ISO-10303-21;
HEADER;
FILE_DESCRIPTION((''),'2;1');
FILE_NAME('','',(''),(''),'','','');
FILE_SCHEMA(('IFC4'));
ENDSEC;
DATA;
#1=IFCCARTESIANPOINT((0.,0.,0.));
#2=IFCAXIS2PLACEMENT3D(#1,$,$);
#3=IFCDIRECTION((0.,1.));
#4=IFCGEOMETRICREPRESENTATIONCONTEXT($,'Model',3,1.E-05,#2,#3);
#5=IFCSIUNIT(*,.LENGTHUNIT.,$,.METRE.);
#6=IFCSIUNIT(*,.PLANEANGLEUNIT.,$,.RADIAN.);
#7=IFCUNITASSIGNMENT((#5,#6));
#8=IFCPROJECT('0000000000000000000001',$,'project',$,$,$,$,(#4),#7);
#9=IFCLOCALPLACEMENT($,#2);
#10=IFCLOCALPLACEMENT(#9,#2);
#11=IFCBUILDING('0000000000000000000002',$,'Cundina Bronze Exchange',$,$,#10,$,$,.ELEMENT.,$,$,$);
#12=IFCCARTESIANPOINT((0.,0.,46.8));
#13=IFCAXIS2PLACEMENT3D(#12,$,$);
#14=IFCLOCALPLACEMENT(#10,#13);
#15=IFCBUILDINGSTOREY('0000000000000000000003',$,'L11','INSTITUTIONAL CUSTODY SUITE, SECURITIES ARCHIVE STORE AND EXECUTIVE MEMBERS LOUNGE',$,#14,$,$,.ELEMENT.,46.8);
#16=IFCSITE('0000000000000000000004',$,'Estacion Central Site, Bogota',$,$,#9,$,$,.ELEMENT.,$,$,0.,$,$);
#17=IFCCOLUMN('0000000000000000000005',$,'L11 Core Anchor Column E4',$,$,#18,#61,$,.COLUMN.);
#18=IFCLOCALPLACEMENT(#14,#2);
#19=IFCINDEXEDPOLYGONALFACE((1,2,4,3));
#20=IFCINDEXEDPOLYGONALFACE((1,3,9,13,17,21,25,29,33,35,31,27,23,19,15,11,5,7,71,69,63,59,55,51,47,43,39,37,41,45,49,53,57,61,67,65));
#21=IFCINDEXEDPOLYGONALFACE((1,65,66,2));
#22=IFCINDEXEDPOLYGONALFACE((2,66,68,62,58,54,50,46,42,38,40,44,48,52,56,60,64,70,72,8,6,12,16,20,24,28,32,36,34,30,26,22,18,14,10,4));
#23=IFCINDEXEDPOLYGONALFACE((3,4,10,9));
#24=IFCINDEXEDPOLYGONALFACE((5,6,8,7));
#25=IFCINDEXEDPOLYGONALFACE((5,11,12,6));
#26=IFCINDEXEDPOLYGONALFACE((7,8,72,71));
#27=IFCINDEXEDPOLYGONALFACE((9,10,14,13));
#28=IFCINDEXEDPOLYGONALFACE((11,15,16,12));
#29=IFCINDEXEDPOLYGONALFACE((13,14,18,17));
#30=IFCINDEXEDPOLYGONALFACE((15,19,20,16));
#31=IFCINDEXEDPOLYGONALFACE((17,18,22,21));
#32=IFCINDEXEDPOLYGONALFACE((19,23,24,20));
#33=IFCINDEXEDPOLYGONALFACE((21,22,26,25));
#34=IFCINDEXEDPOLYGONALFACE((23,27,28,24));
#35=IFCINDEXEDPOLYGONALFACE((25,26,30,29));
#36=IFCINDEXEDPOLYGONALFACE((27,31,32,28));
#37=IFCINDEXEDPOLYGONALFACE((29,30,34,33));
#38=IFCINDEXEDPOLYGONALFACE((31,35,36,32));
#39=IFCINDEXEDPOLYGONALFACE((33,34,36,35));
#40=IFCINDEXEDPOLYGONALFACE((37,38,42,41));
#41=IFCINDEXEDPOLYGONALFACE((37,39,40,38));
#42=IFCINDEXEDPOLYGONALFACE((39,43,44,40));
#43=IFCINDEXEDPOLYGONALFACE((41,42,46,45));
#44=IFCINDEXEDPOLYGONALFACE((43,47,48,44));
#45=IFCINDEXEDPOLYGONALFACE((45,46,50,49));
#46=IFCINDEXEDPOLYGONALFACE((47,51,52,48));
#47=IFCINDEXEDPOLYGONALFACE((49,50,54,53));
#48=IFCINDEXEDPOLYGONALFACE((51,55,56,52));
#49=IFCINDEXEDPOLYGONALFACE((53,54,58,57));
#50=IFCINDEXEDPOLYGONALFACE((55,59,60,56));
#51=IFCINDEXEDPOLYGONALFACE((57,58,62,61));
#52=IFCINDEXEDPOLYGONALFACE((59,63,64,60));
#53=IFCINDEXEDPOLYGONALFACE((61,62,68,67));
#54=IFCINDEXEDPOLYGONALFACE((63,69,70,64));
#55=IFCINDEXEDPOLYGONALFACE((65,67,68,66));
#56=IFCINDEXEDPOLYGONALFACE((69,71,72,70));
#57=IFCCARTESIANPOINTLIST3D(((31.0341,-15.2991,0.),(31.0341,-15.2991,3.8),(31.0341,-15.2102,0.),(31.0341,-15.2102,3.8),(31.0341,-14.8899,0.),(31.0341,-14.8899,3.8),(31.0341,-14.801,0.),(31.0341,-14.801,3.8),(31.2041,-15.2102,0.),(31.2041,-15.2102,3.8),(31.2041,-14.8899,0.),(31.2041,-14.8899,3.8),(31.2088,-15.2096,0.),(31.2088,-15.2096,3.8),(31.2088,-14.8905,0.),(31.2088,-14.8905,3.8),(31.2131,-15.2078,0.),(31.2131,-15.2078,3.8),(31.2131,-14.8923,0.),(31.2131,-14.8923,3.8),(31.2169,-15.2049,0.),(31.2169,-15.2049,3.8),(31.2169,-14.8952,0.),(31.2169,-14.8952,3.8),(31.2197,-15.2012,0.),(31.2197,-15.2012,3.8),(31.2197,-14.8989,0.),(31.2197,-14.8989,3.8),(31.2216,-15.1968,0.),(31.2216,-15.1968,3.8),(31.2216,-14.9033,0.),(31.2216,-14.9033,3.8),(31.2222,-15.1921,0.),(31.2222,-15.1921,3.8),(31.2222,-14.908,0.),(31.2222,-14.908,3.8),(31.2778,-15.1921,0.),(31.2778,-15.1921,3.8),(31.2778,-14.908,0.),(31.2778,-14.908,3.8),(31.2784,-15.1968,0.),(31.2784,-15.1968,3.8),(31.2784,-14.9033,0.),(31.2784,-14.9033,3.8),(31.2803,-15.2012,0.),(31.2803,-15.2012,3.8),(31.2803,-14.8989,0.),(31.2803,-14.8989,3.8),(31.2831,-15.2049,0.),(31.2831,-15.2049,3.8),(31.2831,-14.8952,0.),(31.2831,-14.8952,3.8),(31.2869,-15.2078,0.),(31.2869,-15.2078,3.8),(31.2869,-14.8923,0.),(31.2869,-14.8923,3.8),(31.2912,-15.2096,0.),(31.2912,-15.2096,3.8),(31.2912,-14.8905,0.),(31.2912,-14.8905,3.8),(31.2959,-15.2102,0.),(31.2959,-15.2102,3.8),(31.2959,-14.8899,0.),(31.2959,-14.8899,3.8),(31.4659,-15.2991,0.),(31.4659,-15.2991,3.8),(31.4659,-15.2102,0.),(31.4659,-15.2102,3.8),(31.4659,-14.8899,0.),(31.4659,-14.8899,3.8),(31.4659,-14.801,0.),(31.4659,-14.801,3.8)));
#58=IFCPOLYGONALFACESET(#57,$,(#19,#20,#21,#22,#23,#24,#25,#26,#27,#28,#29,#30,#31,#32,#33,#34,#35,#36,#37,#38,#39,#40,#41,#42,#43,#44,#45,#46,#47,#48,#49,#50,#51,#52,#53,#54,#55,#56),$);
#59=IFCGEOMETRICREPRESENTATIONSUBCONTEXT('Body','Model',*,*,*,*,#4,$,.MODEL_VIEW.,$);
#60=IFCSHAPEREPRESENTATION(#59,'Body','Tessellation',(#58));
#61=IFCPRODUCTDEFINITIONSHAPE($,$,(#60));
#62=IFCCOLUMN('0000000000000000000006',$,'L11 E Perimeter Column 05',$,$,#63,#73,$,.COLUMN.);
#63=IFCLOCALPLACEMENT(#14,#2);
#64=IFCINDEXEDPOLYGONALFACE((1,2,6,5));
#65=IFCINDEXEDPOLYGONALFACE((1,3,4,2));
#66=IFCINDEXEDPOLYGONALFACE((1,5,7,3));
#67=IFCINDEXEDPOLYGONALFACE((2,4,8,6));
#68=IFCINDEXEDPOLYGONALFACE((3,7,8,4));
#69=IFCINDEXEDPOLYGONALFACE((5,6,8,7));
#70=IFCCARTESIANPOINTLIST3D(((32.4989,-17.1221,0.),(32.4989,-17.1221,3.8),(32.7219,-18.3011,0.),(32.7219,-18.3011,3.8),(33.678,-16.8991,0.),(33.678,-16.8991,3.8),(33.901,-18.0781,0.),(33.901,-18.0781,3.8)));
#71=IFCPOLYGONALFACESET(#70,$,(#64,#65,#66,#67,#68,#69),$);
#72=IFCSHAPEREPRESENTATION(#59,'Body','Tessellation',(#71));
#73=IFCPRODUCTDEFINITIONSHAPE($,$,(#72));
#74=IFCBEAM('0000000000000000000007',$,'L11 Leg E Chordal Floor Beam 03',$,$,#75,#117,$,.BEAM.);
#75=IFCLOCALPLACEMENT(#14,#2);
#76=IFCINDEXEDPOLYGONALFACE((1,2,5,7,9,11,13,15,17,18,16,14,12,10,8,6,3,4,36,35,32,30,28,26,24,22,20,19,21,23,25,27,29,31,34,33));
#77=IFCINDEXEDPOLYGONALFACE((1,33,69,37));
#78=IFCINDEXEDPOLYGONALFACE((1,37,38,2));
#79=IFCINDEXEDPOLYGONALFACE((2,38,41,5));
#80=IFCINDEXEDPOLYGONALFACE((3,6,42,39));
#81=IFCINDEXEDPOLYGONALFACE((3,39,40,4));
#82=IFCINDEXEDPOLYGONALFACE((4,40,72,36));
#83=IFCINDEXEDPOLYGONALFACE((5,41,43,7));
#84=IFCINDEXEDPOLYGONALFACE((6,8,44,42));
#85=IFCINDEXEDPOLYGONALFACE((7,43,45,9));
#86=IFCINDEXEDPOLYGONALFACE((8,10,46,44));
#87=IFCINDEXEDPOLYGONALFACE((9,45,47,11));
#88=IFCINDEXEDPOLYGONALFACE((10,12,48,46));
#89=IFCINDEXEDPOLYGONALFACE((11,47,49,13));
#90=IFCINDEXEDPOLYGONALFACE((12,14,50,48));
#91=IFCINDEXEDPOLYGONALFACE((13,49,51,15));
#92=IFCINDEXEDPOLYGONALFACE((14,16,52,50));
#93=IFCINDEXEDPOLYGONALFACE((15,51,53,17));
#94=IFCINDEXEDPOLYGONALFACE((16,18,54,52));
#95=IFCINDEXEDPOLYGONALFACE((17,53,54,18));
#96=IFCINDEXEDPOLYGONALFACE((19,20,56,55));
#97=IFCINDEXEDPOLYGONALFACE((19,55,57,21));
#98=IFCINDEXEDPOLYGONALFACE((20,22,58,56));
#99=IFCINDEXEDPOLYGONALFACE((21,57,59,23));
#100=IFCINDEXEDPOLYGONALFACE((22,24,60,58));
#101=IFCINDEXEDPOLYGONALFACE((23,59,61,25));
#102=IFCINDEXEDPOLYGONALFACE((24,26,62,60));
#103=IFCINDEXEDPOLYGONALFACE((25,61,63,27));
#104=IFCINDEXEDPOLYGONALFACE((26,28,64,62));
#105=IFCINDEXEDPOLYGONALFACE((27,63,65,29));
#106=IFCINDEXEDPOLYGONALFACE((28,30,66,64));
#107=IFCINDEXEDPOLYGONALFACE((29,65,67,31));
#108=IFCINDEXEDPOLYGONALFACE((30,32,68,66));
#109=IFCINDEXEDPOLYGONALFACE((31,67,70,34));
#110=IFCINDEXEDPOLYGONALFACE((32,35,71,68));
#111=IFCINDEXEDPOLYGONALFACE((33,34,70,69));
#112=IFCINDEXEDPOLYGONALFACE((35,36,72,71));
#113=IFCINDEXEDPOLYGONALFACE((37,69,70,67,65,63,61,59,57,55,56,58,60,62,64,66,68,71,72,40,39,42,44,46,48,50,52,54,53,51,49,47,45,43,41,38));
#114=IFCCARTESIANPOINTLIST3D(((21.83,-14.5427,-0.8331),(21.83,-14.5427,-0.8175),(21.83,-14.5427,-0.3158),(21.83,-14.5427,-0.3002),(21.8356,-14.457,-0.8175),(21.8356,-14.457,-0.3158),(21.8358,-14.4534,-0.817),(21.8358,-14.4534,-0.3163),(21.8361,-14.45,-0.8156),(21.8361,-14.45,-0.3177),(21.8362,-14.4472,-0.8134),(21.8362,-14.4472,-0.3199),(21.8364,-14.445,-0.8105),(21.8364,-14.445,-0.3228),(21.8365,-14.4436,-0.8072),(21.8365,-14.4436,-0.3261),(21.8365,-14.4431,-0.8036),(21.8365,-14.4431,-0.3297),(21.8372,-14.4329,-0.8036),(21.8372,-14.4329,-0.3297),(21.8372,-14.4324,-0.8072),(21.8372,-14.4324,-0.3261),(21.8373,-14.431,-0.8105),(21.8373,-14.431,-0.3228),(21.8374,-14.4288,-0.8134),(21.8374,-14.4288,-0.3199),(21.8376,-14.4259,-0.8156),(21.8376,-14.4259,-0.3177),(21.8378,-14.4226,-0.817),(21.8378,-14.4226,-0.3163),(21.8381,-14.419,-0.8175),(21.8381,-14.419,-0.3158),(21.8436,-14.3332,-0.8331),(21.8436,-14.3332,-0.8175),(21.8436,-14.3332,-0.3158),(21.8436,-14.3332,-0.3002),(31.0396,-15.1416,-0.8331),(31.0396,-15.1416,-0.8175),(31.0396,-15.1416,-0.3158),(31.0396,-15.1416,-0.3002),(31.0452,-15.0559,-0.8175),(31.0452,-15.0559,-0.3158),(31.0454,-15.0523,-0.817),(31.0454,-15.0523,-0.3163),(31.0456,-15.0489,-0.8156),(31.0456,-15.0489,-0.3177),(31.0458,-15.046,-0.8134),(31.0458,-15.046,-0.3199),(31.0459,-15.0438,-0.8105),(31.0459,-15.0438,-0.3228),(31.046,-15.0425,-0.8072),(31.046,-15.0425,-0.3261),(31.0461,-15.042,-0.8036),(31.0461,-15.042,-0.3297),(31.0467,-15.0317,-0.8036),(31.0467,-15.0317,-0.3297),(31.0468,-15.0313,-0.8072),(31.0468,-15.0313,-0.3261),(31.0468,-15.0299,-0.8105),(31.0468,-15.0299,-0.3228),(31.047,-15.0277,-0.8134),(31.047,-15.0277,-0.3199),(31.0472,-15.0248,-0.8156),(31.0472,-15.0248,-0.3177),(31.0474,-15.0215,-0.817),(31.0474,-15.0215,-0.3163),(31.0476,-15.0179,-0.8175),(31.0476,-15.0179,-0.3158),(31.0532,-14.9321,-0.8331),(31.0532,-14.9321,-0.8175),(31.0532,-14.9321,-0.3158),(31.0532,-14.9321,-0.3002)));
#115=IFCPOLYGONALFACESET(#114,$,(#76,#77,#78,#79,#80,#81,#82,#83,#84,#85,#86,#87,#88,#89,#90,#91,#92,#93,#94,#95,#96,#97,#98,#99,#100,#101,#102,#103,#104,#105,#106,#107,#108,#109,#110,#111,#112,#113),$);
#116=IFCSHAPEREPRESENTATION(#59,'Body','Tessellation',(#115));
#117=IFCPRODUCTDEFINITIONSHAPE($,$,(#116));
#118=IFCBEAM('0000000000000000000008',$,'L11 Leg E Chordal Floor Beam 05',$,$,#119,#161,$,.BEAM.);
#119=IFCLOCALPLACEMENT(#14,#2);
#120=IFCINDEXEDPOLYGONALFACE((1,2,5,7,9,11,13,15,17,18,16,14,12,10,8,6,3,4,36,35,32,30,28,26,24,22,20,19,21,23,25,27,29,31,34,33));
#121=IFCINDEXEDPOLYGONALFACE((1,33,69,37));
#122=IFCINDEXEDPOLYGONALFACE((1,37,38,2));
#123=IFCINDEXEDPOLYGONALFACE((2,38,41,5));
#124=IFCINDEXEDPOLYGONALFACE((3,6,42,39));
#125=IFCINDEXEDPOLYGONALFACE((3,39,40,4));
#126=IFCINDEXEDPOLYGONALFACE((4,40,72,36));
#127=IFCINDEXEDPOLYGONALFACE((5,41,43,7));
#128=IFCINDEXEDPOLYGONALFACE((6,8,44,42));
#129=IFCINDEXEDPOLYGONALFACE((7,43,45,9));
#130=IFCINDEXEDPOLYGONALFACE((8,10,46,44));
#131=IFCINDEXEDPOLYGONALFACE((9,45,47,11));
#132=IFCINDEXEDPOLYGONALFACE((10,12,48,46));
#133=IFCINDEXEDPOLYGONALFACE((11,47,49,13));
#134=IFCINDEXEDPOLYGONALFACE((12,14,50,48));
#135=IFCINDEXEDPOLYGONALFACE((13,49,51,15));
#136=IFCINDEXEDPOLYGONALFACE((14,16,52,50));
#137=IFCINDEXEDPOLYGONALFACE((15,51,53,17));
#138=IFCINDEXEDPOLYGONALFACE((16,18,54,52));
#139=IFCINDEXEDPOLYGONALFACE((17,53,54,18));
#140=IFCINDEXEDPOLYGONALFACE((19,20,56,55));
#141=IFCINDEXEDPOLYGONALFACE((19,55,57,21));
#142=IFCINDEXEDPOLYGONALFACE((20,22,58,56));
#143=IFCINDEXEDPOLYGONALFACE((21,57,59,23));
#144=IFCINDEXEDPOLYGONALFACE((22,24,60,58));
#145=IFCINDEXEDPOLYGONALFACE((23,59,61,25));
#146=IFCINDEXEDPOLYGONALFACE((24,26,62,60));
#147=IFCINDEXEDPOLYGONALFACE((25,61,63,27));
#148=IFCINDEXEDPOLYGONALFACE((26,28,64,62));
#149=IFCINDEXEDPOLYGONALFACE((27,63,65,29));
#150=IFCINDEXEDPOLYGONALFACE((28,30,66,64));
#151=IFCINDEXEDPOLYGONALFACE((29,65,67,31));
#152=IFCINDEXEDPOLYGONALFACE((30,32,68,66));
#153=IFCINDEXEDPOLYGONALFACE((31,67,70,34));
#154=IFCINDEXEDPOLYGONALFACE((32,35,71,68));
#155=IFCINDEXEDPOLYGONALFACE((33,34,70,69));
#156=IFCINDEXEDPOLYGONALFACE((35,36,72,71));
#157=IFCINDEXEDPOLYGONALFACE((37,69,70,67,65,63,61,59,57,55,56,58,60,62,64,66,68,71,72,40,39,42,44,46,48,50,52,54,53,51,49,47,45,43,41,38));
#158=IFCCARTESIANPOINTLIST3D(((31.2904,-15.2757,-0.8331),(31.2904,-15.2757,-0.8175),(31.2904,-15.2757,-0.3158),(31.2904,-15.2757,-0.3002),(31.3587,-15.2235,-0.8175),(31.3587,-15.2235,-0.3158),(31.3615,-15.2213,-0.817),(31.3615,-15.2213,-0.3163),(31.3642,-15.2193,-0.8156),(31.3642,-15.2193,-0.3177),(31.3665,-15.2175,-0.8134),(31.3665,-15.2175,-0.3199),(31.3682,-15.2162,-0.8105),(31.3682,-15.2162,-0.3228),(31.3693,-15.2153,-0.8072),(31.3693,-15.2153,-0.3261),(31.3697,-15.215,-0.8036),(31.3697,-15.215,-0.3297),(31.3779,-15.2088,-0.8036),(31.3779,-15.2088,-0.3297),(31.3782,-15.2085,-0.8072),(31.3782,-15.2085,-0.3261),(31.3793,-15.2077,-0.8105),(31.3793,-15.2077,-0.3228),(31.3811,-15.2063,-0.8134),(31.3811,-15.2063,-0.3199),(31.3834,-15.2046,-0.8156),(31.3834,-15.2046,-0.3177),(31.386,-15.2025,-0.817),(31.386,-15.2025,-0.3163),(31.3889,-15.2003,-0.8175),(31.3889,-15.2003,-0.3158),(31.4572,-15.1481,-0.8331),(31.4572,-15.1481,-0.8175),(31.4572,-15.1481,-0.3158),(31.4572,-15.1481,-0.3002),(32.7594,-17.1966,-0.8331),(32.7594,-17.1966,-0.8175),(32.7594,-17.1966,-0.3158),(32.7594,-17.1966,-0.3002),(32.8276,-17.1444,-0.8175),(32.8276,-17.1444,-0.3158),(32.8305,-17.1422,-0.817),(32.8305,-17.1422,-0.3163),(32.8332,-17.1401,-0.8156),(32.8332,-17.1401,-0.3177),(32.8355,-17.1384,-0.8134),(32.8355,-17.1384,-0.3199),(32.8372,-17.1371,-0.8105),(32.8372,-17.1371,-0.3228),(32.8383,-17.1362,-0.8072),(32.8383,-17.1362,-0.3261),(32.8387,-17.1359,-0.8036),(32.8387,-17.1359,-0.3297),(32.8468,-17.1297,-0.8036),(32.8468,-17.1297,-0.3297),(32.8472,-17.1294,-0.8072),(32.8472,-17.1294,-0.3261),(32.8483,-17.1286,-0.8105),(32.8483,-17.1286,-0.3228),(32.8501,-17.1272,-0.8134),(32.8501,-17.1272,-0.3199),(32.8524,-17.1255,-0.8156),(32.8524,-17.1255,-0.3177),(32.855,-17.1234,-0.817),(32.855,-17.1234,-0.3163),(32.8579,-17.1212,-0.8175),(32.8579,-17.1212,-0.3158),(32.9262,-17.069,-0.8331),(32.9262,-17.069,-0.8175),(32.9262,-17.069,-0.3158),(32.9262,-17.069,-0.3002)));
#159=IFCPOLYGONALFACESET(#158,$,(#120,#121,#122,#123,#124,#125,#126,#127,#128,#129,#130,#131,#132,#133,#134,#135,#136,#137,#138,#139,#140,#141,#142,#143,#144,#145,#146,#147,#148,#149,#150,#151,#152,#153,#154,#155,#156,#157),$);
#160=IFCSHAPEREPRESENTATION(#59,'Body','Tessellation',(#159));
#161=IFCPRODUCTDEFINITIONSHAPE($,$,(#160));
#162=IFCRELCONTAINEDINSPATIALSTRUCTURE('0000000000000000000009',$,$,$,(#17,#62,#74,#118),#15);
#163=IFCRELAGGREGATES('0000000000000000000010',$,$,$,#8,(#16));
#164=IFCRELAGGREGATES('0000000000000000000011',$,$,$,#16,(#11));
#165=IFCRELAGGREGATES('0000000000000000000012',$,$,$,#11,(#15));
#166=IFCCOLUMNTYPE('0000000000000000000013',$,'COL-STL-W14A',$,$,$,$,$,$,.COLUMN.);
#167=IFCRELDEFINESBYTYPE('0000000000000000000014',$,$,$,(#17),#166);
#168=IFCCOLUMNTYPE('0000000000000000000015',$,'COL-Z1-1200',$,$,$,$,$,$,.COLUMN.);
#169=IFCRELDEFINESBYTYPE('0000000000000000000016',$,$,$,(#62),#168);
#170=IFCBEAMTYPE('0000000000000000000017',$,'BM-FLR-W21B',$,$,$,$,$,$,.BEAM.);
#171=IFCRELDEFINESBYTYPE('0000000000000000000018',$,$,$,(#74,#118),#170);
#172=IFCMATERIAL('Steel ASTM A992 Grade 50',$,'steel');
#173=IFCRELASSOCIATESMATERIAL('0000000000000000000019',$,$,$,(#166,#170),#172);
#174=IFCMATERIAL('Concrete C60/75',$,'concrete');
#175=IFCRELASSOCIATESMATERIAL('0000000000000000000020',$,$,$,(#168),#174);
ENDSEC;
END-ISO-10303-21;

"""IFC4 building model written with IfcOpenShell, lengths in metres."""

from ifc_helpers import new_model, si_unit, direction, frame, origin, origin_2d, place, context, subcontext, project, spatial, rectangle, i_section, extrude, material, material_profile, profile_set, type_object, element, save


model = new_model("IFC4")

# Units and contexts
model_context = context("Model", 3, precision=1e-05, world=origin(), true_north=direction((0.0, 1.0)))
body_context = subcontext(model_context, "Body", "Model", "MODEL_VIEW")
ifc_project = project(units=[si_unit("LENGTHUNIT", "METRE"), si_unit("PLANEANGLEUNIT", "RADIAN")], contexts=[model_context])

# Site, building, storey
site_placement = place(None, origin())
site = spatial("IfcSite", under=ifc_project, at=site_placement, Name="Estacion Central Site, Bogota", CompositionType="ELEMENT", RefElevation=0.0)
building_placement = place(site_placement, origin())
building = spatial("IfcBuilding", under=site, at=building_placement, Name="Cundina Bronze Exchange", CompositionType="ELEMENT")
storey_placement = place(building_placement, frame((0.0, 0.0, 46.8)))
storey = spatial("IfcBuildingStorey", under=building, at=storey_placement, Name="L11", Description="INSTITUTIONAL CUSTODY SUITE, SECURITIES ARCHIVE STORE AND EXECUTIVE MEMBERS LOUNGE", CompositionType="ELEMENT", Elevation=46.8)

# Columns
ifc_material_1 = material(Name="Steel ASTM A992 Grade 50", Category="steel")
ifc_material_profile_1 = material_profile(ifc_material_1, i_section(OverallWidth=0.4319, OverallDepth=0.498, WebThickness=0.0557, FlangeThickness=0.0889, FilletRadius=0.0181, at=origin_2d()), Name="W14X500", Category="steel")
ifc_profile_set_1 = profile_set([ifc_material_profile_1], Name="Steel ASTM A992 Grade 50")
column_type_1 = type_object("IfcColumnType", Name="COL-STL-W14A", PredefinedType="COLUMN", material=ifc_profile_set_1)
column_1_placement = place(storey_placement, frame((31.25, -15.05, 0.0), z_axis=(0.0, 0.0, 1.0), x_axis=(1.0, 0.0, 0.0)))
element("IfcColumn", 1, at=column_1_placement, inside=storey, type_object=column_type_1, Name="L11 Core Anchor Column E4", PredefinedType="COLUMN", context=body_context, shape_type="SweptSolid", body=[
    extrude(i_section(OverallWidth=0.4319, OverallDepth=0.498, WebThickness=0.0557, FlangeThickness=0.0889, FilletRadius=0.0181, at=origin_2d()), origin(), (0.0, 0.0, 1.0), 3.8),
])
ifc_material_2 = material(Name="Concrete C60/75", Category="concrete")
ifc_material_profile_2 = material_profile(ifc_material_2, rectangle(XDim=1.2, YDim=1.2, at=origin_2d()), Name="RC1200X1200", Category="concrete")
ifc_profile_set_2 = profile_set([ifc_material_profile_2], Name="Concrete C60/75")
column_type_2 = type_object("IfcColumnType", Name="COL-Z1-1200", PredefinedType="COLUMN", material=ifc_profile_set_2)
column_2_placement = place(storey_placement, frame((33.2, -17.6001, 0.0), z_axis=(0.0, 0.0, 1.0), x_axis=(0.98258, 0.185838, 0.0)))
element("IfcColumn", 2, at=column_2_placement, inside=storey, type_object=column_type_2, Name="L11 E Perimeter Column 05", PredefinedType="COLUMN", context=body_context, shape_type="SweptSolid", body=[
    extrude(rectangle(XDim=1.2, YDim=1.2, at=origin_2d()), origin(), (0.0, 0.0, 1.0), 3.8),
])

# Beams
ifc_material_profile_3 = material_profile(ifc_material_1, i_section(OverallWidth=0.21, OverallDepth=0.533, WebThickness=0.0103, FlangeThickness=0.0156, FilletRadius=0.0139, at=origin_2d()), Name="W21X62", Category="steel")
ifc_profile_set_3 = profile_set([ifc_material_profile_3], Name="Steel ASTM A992 Grade 50")
beam_type_1 = type_object("IfcBeamType", Name="BM-FLR-W21B", PredefinedType="BEAM", material=ifc_profile_set_3)
beam_1_placement = place(storey_placement, frame((31.0464, -15.0369, -0.5667), z_axis=(-0.997892, 0.064891, 0.0), x_axis=(-0.064891, -0.997892, 0.0)))
element("IfcBeam", 3, at=beam_1_placement, inside=storey, type_object=beam_type_1, Name="L11 Leg E Chordal Floor Beam 03", PredefinedType="BEAM", context=body_context, shape_type="SweptSolid", body=[
    extrude(i_section(OverallWidth=0.21, OverallDepth=0.533, WebThickness=0.0103, FlangeThickness=0.0156, FilletRadius=0.0139, at=origin_2d()), origin(), (0.0, 0.0, 1.0), 9.229),
])
beam_2_placement = place(storey_placement, frame((31.3738, -15.2119, -0.5667), z_axis=(0.607469, -0.794344, 0.0), x_axis=(0.794344, 0.607469, 0.0)))
element("IfcBeam", 4, at=beam_2_placement, inside=storey, type_object=beam_type_1, Name="L11 Leg E Chordal Floor Beam 05", PredefinedType="BEAM", context=body_context, shape_type="SweptSolid", body=[
    extrude(i_section(OverallWidth=0.21, OverallDepth=0.533, WebThickness=0.0103, FlangeThickness=0.0156, FilletRadius=0.0139, at=origin_2d()), origin(), (0.0, 0.0, 1.0), 2.4182),
])

save(model, "model.ifc")
